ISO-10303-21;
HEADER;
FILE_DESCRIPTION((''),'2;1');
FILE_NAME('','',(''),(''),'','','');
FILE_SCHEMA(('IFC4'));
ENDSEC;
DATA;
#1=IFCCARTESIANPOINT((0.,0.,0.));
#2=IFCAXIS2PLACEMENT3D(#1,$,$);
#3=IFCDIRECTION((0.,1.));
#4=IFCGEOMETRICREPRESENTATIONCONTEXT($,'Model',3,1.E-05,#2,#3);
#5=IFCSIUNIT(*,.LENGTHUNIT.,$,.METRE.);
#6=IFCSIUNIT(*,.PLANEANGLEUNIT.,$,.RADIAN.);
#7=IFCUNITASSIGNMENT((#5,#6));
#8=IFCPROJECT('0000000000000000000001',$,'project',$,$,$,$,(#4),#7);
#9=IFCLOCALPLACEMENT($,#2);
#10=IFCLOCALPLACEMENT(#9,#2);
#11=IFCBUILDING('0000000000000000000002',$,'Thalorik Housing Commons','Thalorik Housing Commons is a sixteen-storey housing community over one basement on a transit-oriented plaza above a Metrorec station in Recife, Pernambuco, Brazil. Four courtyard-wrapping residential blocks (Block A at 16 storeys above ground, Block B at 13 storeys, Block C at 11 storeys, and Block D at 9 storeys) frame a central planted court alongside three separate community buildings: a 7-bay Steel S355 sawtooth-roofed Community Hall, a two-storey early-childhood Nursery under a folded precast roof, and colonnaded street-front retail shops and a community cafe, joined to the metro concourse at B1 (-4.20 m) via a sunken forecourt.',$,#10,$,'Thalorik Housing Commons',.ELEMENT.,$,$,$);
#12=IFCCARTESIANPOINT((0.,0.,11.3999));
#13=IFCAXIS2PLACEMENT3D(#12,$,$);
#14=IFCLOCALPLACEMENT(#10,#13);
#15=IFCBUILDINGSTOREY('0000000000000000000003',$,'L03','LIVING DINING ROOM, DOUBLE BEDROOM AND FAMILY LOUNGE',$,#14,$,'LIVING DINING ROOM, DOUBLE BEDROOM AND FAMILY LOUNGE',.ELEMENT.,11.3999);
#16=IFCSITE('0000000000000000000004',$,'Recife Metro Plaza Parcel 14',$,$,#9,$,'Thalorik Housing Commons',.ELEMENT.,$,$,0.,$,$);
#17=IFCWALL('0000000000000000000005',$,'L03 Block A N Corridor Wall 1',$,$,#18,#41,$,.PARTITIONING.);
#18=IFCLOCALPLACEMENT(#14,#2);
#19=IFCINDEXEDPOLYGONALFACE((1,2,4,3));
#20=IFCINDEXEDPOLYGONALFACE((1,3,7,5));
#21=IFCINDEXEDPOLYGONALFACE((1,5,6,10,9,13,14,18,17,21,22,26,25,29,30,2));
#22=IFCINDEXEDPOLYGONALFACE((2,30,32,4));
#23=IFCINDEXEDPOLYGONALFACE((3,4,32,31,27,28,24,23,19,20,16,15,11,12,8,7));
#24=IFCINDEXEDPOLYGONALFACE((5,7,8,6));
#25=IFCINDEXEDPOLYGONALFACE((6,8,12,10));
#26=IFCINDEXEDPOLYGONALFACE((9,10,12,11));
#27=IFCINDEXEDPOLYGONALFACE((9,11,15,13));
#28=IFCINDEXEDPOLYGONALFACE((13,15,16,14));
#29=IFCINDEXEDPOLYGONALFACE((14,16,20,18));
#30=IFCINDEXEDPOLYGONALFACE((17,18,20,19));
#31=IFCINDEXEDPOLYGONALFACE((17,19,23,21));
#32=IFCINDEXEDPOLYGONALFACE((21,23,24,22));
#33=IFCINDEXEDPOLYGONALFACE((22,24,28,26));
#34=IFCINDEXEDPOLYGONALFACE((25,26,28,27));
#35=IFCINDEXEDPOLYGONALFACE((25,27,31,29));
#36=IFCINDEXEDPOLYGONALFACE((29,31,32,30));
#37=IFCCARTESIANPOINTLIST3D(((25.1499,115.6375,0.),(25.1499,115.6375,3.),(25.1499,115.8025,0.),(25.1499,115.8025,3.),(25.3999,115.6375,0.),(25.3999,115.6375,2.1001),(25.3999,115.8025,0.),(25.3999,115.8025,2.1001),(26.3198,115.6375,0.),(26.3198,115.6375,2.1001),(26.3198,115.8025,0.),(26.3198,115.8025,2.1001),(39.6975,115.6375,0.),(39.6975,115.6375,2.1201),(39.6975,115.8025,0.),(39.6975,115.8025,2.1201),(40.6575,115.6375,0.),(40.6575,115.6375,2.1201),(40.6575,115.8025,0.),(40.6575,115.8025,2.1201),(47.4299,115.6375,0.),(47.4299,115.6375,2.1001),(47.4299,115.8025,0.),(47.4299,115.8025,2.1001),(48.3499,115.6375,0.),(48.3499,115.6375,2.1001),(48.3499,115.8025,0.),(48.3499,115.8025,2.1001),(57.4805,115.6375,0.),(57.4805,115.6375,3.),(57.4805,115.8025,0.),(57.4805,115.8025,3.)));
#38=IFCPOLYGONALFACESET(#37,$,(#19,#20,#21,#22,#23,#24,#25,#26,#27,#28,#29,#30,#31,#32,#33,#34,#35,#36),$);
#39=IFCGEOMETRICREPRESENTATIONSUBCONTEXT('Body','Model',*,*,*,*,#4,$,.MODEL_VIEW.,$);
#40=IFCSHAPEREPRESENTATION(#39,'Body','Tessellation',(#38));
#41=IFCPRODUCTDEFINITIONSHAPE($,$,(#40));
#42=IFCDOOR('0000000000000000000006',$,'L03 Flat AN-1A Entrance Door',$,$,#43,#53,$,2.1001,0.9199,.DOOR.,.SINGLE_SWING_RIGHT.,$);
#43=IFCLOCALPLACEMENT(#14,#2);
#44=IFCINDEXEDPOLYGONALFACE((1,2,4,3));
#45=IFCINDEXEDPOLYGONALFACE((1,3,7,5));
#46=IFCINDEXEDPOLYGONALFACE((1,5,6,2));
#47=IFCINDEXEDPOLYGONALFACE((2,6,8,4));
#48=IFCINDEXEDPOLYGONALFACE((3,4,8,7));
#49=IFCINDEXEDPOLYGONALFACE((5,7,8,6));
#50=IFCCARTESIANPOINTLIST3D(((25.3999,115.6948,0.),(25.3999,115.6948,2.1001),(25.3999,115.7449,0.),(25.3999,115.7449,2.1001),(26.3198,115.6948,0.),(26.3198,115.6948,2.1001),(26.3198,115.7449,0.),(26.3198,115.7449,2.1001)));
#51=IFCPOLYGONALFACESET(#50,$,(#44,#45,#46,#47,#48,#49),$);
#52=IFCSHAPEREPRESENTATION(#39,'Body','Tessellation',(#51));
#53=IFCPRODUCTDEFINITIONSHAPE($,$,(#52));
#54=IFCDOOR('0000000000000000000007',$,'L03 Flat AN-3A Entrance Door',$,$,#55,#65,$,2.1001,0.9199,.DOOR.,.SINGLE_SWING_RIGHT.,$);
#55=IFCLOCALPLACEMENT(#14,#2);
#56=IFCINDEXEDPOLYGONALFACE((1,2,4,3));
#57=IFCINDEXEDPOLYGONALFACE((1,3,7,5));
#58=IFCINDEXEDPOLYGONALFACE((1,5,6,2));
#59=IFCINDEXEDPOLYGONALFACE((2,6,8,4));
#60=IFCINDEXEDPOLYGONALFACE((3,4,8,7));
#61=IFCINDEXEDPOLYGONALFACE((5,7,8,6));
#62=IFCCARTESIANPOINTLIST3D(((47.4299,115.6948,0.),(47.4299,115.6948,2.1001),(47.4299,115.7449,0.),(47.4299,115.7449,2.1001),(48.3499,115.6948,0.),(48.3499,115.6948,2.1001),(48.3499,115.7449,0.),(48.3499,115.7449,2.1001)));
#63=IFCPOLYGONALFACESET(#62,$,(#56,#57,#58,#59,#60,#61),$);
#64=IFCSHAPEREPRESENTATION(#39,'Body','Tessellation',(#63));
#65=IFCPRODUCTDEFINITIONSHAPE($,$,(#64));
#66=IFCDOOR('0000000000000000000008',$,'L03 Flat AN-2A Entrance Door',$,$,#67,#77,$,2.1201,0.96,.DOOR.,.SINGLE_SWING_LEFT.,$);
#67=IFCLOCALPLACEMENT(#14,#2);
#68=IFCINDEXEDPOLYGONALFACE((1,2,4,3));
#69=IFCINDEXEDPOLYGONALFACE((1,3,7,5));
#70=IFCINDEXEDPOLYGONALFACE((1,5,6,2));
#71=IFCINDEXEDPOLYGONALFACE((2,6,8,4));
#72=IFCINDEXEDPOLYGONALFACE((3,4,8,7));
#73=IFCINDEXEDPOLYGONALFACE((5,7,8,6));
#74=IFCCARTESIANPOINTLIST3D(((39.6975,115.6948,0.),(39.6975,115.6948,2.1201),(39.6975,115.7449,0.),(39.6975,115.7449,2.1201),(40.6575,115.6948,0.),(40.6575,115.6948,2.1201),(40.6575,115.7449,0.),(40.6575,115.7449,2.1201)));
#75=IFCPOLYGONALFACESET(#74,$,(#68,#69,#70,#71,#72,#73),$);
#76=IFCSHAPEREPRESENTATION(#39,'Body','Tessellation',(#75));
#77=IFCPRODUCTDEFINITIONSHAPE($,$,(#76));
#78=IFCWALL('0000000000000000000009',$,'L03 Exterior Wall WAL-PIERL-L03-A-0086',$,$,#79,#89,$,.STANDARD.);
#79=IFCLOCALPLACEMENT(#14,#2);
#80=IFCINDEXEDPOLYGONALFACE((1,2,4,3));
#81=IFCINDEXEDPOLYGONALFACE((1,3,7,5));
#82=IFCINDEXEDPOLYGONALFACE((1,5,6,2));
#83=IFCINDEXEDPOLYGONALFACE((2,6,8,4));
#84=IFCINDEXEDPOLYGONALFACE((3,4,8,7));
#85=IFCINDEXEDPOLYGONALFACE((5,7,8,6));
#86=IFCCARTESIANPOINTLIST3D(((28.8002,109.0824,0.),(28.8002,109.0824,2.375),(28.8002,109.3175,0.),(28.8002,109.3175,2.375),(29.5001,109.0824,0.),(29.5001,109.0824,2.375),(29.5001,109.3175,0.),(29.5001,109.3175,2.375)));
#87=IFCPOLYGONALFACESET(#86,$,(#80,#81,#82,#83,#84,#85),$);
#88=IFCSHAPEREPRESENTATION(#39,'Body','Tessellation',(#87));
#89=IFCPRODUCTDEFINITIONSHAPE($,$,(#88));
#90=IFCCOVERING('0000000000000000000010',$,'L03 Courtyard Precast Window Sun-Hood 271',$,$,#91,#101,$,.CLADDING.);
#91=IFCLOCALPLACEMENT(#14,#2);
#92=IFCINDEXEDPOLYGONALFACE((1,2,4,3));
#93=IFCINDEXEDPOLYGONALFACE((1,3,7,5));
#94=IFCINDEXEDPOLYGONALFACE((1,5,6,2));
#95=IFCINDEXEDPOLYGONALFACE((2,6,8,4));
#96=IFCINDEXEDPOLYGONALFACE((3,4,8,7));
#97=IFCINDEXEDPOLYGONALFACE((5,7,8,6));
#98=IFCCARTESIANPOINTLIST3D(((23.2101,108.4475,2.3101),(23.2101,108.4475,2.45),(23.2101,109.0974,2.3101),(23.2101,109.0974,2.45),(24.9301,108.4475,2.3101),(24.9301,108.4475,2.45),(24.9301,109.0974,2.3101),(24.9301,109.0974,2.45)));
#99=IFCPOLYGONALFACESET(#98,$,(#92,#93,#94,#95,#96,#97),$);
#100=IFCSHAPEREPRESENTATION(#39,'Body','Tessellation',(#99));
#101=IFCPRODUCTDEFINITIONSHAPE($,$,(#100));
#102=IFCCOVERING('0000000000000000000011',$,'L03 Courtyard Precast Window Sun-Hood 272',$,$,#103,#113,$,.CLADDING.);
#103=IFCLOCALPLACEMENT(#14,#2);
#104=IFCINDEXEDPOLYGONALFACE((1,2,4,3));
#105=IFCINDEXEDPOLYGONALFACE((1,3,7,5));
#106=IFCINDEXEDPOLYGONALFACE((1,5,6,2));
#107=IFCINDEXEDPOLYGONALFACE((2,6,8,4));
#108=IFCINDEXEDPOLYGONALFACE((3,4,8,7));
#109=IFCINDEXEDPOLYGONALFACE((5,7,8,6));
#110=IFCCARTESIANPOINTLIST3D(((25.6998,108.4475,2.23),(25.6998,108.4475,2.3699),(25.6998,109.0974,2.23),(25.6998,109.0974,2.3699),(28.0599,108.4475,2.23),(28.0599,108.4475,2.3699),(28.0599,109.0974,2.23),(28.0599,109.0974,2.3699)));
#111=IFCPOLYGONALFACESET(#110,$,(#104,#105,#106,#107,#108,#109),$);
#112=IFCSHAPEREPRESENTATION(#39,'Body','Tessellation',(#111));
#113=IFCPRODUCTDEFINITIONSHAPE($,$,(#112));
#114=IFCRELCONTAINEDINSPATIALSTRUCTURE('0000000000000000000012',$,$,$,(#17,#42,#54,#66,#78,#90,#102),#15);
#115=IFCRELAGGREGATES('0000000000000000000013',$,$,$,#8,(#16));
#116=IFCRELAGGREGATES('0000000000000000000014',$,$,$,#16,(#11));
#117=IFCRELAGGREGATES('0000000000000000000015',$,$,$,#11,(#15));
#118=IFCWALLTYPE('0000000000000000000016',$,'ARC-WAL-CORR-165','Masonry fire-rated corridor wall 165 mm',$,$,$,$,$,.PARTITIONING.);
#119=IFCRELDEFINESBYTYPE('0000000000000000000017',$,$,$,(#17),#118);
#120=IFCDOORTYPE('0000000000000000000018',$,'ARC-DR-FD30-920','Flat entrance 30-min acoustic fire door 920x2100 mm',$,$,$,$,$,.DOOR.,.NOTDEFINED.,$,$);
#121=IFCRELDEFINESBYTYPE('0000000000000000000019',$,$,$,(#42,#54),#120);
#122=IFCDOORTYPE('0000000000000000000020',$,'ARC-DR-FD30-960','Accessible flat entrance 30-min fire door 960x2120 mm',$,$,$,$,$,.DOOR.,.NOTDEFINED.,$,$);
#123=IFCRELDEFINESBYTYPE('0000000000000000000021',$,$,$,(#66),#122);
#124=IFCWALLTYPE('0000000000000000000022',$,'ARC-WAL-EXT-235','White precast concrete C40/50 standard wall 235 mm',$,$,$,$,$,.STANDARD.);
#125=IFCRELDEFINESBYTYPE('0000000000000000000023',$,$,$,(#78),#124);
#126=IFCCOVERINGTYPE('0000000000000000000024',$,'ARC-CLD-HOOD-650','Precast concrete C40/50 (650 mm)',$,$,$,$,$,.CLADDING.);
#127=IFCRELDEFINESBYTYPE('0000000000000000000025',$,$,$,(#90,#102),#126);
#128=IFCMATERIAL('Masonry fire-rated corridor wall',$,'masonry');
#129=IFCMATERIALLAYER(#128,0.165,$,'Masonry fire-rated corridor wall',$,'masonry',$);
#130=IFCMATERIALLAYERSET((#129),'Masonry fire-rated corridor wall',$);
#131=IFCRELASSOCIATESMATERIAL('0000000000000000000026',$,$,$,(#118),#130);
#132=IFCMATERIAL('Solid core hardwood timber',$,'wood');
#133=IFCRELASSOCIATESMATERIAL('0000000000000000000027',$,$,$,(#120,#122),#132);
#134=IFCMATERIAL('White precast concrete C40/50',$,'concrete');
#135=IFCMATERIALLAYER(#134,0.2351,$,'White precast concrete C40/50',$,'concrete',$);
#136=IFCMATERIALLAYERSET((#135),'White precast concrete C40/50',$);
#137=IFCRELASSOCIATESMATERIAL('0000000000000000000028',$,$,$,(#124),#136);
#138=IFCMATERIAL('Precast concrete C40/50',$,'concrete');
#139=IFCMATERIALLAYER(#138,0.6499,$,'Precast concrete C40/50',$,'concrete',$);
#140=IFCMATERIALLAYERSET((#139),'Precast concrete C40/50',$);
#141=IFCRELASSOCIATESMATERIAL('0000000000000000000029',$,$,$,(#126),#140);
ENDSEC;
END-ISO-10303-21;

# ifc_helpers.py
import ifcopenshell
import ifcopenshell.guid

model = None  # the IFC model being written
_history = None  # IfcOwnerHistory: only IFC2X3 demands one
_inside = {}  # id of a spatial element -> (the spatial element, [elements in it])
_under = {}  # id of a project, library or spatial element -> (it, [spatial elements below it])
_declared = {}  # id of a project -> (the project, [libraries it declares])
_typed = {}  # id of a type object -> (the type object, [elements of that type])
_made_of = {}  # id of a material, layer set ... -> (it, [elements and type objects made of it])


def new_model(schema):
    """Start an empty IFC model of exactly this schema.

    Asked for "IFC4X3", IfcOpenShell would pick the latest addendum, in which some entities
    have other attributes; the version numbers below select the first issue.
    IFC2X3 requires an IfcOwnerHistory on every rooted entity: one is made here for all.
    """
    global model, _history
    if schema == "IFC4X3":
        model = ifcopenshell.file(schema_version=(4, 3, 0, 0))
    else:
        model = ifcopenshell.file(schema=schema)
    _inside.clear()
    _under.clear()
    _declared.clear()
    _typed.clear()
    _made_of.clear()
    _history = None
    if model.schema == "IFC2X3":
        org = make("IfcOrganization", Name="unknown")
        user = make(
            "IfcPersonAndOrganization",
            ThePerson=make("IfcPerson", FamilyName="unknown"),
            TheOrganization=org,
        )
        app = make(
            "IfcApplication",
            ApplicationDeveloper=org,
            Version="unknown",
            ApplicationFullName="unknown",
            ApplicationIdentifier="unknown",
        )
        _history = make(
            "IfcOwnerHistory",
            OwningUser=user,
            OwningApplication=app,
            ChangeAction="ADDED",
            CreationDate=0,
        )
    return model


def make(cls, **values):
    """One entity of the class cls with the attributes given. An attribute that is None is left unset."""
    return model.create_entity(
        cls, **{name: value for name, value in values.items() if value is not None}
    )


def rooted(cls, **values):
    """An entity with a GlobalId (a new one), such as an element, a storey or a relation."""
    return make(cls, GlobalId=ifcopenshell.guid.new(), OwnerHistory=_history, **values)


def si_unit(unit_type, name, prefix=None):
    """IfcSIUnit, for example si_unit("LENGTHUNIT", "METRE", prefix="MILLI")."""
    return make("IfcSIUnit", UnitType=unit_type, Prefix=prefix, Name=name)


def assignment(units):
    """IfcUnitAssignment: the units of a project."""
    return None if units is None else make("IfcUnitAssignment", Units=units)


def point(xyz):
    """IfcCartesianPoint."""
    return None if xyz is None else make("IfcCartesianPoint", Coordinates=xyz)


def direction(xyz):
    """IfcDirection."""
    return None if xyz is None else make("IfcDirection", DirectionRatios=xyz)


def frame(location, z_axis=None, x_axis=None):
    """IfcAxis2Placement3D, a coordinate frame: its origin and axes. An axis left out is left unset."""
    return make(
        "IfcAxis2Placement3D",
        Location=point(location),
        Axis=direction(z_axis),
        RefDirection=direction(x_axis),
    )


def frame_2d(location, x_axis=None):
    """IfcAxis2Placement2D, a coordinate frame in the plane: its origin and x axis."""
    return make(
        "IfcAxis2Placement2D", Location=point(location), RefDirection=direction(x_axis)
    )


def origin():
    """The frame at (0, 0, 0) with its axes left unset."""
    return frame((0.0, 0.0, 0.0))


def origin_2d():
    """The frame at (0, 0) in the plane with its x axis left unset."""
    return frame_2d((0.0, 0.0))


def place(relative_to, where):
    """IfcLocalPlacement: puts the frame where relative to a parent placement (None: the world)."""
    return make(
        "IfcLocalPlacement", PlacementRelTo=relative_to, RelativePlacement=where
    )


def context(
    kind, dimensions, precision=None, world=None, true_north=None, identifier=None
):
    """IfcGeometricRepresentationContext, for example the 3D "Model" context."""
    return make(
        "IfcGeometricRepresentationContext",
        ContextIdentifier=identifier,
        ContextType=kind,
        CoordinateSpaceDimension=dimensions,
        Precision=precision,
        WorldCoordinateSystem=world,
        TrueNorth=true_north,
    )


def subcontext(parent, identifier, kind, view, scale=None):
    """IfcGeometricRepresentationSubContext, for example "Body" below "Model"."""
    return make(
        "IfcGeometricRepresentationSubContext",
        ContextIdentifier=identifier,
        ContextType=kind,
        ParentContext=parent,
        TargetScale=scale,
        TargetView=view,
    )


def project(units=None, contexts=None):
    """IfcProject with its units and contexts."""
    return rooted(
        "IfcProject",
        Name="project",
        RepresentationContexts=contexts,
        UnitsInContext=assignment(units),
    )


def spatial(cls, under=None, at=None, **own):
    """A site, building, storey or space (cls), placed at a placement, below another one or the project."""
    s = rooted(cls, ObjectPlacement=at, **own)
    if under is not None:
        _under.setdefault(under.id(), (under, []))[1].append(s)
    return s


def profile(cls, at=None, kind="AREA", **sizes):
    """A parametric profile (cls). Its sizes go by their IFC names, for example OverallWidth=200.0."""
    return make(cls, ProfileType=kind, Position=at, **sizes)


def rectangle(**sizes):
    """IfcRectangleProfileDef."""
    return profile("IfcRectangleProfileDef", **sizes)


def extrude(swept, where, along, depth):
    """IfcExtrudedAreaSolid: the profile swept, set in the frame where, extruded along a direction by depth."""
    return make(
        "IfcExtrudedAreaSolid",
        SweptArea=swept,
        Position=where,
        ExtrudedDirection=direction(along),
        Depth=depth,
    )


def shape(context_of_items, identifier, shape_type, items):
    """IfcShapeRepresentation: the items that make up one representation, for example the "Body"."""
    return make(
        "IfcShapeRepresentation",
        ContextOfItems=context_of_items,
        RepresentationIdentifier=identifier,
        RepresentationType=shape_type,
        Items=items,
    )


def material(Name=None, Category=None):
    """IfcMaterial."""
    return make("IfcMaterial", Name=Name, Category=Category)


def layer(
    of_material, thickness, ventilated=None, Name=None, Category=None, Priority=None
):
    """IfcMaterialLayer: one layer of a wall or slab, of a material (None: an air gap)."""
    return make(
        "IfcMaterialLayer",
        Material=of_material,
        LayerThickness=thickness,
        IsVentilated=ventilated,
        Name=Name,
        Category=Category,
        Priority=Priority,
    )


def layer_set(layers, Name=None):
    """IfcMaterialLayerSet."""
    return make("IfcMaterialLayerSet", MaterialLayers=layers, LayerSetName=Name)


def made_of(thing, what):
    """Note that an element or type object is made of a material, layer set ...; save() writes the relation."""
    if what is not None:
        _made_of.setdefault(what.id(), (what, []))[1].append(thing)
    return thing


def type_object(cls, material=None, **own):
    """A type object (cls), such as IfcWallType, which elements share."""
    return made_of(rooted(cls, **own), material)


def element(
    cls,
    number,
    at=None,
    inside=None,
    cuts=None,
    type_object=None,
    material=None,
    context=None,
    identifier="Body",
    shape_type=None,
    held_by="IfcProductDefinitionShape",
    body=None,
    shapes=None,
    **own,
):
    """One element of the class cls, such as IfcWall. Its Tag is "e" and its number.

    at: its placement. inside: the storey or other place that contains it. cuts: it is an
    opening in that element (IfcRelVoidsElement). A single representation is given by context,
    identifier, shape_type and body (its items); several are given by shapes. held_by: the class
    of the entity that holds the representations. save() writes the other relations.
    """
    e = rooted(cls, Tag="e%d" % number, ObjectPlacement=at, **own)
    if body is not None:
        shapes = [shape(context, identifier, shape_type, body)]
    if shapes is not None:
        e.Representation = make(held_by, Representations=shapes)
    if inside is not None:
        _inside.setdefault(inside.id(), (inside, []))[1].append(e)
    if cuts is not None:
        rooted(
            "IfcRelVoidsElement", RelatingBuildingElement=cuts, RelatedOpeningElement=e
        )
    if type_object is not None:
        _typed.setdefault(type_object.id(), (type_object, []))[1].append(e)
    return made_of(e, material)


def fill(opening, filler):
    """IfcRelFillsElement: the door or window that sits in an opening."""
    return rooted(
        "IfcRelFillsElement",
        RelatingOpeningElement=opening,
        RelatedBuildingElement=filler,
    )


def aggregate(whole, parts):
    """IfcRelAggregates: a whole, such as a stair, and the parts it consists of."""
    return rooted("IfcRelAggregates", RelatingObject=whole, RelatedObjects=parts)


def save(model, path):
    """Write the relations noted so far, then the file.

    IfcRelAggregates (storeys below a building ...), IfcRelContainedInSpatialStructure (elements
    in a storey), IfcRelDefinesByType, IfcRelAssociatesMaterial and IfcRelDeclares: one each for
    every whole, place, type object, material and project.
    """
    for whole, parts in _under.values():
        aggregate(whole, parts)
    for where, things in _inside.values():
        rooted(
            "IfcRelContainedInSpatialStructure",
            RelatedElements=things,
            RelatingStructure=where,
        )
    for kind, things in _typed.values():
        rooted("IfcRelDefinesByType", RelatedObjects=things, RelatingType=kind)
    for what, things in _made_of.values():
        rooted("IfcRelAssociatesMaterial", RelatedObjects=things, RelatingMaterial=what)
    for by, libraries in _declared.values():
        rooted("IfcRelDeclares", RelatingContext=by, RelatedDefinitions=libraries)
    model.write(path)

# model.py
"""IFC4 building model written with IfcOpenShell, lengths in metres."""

from ifc_helpers import new_model, si_unit, direction, frame, frame_2d, origin, origin_2d, place, context, subcontext, project, spatial, rectangle, extrude, material, layer, layer_set, type_object, element, fill, save


model = new_model("IFC4")

# Units and contexts
model_context = context("Model", 3, precision=1e-05, world=origin(), true_north=direction((0.0, 1.0)))
body_context = subcontext(model_context, "Body", "Model", "MODEL_VIEW")
ifc_project = project(units=[si_unit("LENGTHUNIT", "METRE"), si_unit("PLANEANGLEUNIT", "RADIAN")], contexts=[model_context])

# Site, building, storey
site_placement = place(None, origin())
site = spatial("IfcSite", under=ifc_project, at=site_placement, Name="Recife Metro Plaza Parcel 14", LongName="Thalorik Housing Commons", CompositionType="ELEMENT", RefElevation=0.0)
building_placement = place(site_placement, origin())
building = spatial("IfcBuilding", under=site, at=building_placement, Name="Thalorik Housing Commons", Description="Thalorik Housing Commons is a sixteen-storey housing community over one basement on a transit-oriented plaza above a Metrorec station in Recife, Pernambuco, Brazil. Four courtyard-wrapping residential blocks (Block A at 16 storeys above ground, Block B at 13 storeys, Block C at 11 storeys, and Block D at 9 storeys) frame a central planted court alongside three separate community buildings: a 7-bay Steel S355 sawtooth-roofed Community Hall, a two-storey early-childhood Nursery under a folded precast roof, and colonnaded street-front retail shops and a community cafe, joined to the metro concourse at B1 (-4.20 m) via a sunken forecourt.", LongName="Thalorik Housing Commons", CompositionType="ELEMENT")
storey_placement = place(building_placement, frame((0.0, 0.0, 11.3999)))
storey = spatial("IfcBuildingStorey", under=building, at=storey_placement, Name="L03", Description="LIVING DINING ROOM, DOUBLE BEDROOM AND FAMILY LOUNGE", LongName="LIVING DINING ROOM, DOUBLE BEDROOM AND FAMILY LOUNGE", CompositionType="ELEMENT", Elevation=11.3999)

# Shared definitions
ifc_material_1 = material(Name="Precast concrete C40/50", Category="concrete")

# Shared definitions
ifc_material_2 = material(Name="Masonry fire-rated corridor wall", Category="masonry")
ifc_layer_1 = layer(ifc_material_2, 0.165, Name="Masonry fire-rated corridor wall", Category="masonry")
ifc_layer_set_1 = layer_set([ifc_layer_1], Name="Masonry fire-rated corridor wall")
wall_type_1 = type_object("IfcWallType", Name="ARC-WAL-CORR-165", Description="Masonry fire-rated corridor wall 165 mm", PredefinedType="PARTITIONING", material=ifc_layer_set_1)

# Wall, openings, doors
wall_1_placement = place(storey_placement, frame((25.1499, 115.72, 0.0), z_axis=(0.0, 0.0, 1.0), x_axis=(1.0, 0.0, 0.0)))
wall_1 = element("IfcWall", 1, at=wall_1_placement, inside=storey, type_object=wall_type_1, Name="L03 Block A N Corridor Wall 1", PredefinedType="PARTITIONING", context=body_context, shape_type="SweptSolid", body=[
    extrude(rectangle(XDim=32.3306, YDim=0.165, at=frame_2d((16.1653, 0.0))), origin(), (0.0, 0.0, 1.0), 3.0),
])
opening_1_placement = place(wall_1_placement, frame((0.25, 0.0, 0.0)))
opening_1 = element("IfcOpeningElement", 2, at=opening_1_placement, cuts=wall_1, PredefinedType="OPENING", context=body_context, shape_type="SweptSolid", body=[
    extrude(rectangle(XDim=0.9199, YDim=2.1001, at=frame_2d((0.46, 1.05))), frame((0.0, 0.0925, 0.0), z_axis=(0.0, -1.0, 0.0), x_axis=(1.0, 0.0, 0.0)), (0.0, 0.0, 1.0), 0.1851),
])
opening_2_placement = place(wall_1_placement, frame((14.5476, 0.0, 0.0)))
opening_2 = element("IfcOpeningElement", 3, at=opening_2_placement, cuts=wall_1, PredefinedType="OPENING", context=body_context, shape_type="SweptSolid", body=[
    extrude(rectangle(XDim=0.96, YDim=2.1201, at=frame_2d((0.48, 1.0601))), frame((0.0, 0.0925, 0.0), z_axis=(0.0, -1.0, 0.0), x_axis=(1.0, 0.0, 0.0)), (0.0, 0.0, 1.0), 0.1851),
])
opening_3_placement = place(wall_1_placement, frame((22.28, 0.0, 0.0)))
opening_3 = element("IfcOpeningElement", 4, at=opening_3_placement, cuts=wall_1, PredefinedType="OPENING", context=body_context, shape_type="SweptSolid", body=[
    extrude(rectangle(XDim=0.9199, YDim=2.1001, at=frame_2d((0.46, 1.05))), frame((0.0, 0.0925, 0.0), z_axis=(0.0, -1.0, 0.0), x_axis=(1.0, 0.0, 0.0)), (0.0, 0.0, 1.0), 0.1851),
])
ifc_material_3 = material(Name="Solid core hardwood timber", Category="wood")
door_type_1 = type_object("IfcDoorType", Name="ARC-DR-FD30-920", Description="Flat entrance 30-min acoustic fire door 920x2100 mm", OperationType="NOTDEFINED", PredefinedType="DOOR", material=ifc_material_3)
door_1_placement = place(opening_1_placement, origin())
door_1 = element("IfcDoor", 5, at=door_1_placement, inside=storey, type_object=door_type_1, Name="L03 Flat AN-1A Entrance Door", OperationType="SINGLE_SWING_RIGHT", OverallHeight=2.1001, OverallWidth=0.9199, PredefinedType="DOOR", context=body_context, shape_type="SweptSolid", body=[
    extrude(rectangle(XDim=0.9199, YDim=2.1001, at=frame_2d((0.46, 1.05))), frame((0.0, 0.0249, 0.0), z_axis=(0.0, -1.0, 0.0), x_axis=(1.0, 0.0, 0.0)), (0.0, 0.0, 1.0), 0.05),
])
fill(opening_1, door_1)
door_2_placement = place(opening_3_placement, origin())
door_2 = element("IfcDoor", 6, at=door_2_placement, inside=storey, type_object=door_type_1, Name="L03 Flat AN-3A Entrance Door", OperationType="SINGLE_SWING_RIGHT", OverallHeight=2.1001, OverallWidth=0.9199, PredefinedType="DOOR", context=body_context, shape_type="SweptSolid", body=[
    extrude(rectangle(XDim=0.9199, YDim=2.1001, at=frame_2d((0.46, 1.05))), frame((0.0, 0.0249, 0.0), z_axis=(0.0, -1.0, 0.0), x_axis=(1.0, 0.0, 0.0)), (0.0, 0.0, 1.0), 0.05),
])
fill(opening_3, door_2)
door_type_2 = type_object("IfcDoorType", Name="ARC-DR-FD30-960", Description="Accessible flat entrance 30-min fire door 960x2120 mm", OperationType="NOTDEFINED", PredefinedType="DOOR", material=ifc_material_3)
door_3_placement = place(opening_2_placement, origin())
door_3 = element("IfcDoor", 7, at=door_3_placement, inside=storey, type_object=door_type_2, Name="L03 Flat AN-2A Entrance Door", OperationType="SINGLE_SWING_LEFT", OverallHeight=2.1201, OverallWidth=0.96, PredefinedType="DOOR", context=body_context, shape_type="SweptSolid", body=[
    extrude(rectangle(XDim=0.96, YDim=2.1201, at=frame_2d((0.48, 1.0601))), frame((0.0, 0.0249, 0.0), z_axis=(0.0, -1.0, 0.0), x_axis=(1.0, 0.0, 0.0)), (0.0, 0.0, 1.0), 0.05),
])
fill(opening_2, door_3)

# Wall
ifc_material_4 = material(Name="White precast concrete C40/50", Category="concrete")
ifc_layer_2 = layer(ifc_material_4, 0.2351, Name="White precast concrete C40/50", Category="concrete")
ifc_layer_set_2 = layer_set([ifc_layer_2], Name="White precast concrete C40/50")
wall_type_2 = type_object("IfcWallType", Name="ARC-WAL-EXT-235", Description="White precast concrete C40/50 standard wall 235 mm", PredefinedType="STANDARD", material=ifc_layer_set_2)
wall_2_placement = place(storey_placement, frame((28.8, 109.2, 0.0), z_axis=(0.0, 0.0, 1.0), x_axis=(1.0, 0.0, 0.0)))
element("IfcWall", 8, at=wall_2_placement, inside=storey, type_object=wall_type_2, Name="L03 Exterior Wall WAL-PIERL-L03-A-0086", PredefinedType="STANDARD", context=body_context, shape_type="SweptSolid", body=[
    extrude(rectangle(XDim=0.7, YDim=0.2351, at=frame_2d((0.3501, 0.0))), origin(), (0.0, 0.0, 1.0), 2.375),
])

# Coverings
ifc_layer_3 = layer(ifc_material_1, 0.6499, Name="Precast concrete C40/50", Category="concrete")
ifc_layer_set_3 = layer_set([ifc_layer_3], Name="Precast concrete C40/50")
covering_type = type_object("IfcCoveringType", Name="ARC-CLD-HOOD-650", Description="Precast concrete C40/50 (650 mm)", PredefinedType="CLADDING", material=ifc_layer_set_3)
covering_1_placement = place(storey_placement, frame((24.0701, 108.7725, 2.3101), z_axis=(0.0, 0.0, 1.0), x_axis=(1.0, 0.0, 0.0)))
element("IfcCovering", 9, at=covering_1_placement, inside=storey, type_object=covering_type, Name="L03 Courtyard Precast Window Sun-Hood 271", PredefinedType="CLADDING", context=body_context, shape_type="SweptSolid", body=[
    extrude(rectangle(XDim=1.72, YDim=0.6499, at=origin_2d()), origin(), (0.0, 0.0, 1.0), 0.1399),
])
covering_2_placement = place(storey_placement, frame((26.8799, 108.7725, 2.23), z_axis=(0.0, 0.0, 1.0), x_axis=(1.0, 0.0, 0.0)))
element("IfcCovering", 10, at=covering_2_placement, inside=storey, type_object=covering_type, Name="L03 Courtyard Precast Window Sun-Hood 272", PredefinedType="CLADDING", context=body_context, shape_type="SweptSolid", body=[
    extrude(rectangle(XDim=2.3601, YDim=0.6499, at=origin_2d()), origin(), (0.0, 0.0, 1.0), 0.1399),
])

save(model, "model.ifc")
